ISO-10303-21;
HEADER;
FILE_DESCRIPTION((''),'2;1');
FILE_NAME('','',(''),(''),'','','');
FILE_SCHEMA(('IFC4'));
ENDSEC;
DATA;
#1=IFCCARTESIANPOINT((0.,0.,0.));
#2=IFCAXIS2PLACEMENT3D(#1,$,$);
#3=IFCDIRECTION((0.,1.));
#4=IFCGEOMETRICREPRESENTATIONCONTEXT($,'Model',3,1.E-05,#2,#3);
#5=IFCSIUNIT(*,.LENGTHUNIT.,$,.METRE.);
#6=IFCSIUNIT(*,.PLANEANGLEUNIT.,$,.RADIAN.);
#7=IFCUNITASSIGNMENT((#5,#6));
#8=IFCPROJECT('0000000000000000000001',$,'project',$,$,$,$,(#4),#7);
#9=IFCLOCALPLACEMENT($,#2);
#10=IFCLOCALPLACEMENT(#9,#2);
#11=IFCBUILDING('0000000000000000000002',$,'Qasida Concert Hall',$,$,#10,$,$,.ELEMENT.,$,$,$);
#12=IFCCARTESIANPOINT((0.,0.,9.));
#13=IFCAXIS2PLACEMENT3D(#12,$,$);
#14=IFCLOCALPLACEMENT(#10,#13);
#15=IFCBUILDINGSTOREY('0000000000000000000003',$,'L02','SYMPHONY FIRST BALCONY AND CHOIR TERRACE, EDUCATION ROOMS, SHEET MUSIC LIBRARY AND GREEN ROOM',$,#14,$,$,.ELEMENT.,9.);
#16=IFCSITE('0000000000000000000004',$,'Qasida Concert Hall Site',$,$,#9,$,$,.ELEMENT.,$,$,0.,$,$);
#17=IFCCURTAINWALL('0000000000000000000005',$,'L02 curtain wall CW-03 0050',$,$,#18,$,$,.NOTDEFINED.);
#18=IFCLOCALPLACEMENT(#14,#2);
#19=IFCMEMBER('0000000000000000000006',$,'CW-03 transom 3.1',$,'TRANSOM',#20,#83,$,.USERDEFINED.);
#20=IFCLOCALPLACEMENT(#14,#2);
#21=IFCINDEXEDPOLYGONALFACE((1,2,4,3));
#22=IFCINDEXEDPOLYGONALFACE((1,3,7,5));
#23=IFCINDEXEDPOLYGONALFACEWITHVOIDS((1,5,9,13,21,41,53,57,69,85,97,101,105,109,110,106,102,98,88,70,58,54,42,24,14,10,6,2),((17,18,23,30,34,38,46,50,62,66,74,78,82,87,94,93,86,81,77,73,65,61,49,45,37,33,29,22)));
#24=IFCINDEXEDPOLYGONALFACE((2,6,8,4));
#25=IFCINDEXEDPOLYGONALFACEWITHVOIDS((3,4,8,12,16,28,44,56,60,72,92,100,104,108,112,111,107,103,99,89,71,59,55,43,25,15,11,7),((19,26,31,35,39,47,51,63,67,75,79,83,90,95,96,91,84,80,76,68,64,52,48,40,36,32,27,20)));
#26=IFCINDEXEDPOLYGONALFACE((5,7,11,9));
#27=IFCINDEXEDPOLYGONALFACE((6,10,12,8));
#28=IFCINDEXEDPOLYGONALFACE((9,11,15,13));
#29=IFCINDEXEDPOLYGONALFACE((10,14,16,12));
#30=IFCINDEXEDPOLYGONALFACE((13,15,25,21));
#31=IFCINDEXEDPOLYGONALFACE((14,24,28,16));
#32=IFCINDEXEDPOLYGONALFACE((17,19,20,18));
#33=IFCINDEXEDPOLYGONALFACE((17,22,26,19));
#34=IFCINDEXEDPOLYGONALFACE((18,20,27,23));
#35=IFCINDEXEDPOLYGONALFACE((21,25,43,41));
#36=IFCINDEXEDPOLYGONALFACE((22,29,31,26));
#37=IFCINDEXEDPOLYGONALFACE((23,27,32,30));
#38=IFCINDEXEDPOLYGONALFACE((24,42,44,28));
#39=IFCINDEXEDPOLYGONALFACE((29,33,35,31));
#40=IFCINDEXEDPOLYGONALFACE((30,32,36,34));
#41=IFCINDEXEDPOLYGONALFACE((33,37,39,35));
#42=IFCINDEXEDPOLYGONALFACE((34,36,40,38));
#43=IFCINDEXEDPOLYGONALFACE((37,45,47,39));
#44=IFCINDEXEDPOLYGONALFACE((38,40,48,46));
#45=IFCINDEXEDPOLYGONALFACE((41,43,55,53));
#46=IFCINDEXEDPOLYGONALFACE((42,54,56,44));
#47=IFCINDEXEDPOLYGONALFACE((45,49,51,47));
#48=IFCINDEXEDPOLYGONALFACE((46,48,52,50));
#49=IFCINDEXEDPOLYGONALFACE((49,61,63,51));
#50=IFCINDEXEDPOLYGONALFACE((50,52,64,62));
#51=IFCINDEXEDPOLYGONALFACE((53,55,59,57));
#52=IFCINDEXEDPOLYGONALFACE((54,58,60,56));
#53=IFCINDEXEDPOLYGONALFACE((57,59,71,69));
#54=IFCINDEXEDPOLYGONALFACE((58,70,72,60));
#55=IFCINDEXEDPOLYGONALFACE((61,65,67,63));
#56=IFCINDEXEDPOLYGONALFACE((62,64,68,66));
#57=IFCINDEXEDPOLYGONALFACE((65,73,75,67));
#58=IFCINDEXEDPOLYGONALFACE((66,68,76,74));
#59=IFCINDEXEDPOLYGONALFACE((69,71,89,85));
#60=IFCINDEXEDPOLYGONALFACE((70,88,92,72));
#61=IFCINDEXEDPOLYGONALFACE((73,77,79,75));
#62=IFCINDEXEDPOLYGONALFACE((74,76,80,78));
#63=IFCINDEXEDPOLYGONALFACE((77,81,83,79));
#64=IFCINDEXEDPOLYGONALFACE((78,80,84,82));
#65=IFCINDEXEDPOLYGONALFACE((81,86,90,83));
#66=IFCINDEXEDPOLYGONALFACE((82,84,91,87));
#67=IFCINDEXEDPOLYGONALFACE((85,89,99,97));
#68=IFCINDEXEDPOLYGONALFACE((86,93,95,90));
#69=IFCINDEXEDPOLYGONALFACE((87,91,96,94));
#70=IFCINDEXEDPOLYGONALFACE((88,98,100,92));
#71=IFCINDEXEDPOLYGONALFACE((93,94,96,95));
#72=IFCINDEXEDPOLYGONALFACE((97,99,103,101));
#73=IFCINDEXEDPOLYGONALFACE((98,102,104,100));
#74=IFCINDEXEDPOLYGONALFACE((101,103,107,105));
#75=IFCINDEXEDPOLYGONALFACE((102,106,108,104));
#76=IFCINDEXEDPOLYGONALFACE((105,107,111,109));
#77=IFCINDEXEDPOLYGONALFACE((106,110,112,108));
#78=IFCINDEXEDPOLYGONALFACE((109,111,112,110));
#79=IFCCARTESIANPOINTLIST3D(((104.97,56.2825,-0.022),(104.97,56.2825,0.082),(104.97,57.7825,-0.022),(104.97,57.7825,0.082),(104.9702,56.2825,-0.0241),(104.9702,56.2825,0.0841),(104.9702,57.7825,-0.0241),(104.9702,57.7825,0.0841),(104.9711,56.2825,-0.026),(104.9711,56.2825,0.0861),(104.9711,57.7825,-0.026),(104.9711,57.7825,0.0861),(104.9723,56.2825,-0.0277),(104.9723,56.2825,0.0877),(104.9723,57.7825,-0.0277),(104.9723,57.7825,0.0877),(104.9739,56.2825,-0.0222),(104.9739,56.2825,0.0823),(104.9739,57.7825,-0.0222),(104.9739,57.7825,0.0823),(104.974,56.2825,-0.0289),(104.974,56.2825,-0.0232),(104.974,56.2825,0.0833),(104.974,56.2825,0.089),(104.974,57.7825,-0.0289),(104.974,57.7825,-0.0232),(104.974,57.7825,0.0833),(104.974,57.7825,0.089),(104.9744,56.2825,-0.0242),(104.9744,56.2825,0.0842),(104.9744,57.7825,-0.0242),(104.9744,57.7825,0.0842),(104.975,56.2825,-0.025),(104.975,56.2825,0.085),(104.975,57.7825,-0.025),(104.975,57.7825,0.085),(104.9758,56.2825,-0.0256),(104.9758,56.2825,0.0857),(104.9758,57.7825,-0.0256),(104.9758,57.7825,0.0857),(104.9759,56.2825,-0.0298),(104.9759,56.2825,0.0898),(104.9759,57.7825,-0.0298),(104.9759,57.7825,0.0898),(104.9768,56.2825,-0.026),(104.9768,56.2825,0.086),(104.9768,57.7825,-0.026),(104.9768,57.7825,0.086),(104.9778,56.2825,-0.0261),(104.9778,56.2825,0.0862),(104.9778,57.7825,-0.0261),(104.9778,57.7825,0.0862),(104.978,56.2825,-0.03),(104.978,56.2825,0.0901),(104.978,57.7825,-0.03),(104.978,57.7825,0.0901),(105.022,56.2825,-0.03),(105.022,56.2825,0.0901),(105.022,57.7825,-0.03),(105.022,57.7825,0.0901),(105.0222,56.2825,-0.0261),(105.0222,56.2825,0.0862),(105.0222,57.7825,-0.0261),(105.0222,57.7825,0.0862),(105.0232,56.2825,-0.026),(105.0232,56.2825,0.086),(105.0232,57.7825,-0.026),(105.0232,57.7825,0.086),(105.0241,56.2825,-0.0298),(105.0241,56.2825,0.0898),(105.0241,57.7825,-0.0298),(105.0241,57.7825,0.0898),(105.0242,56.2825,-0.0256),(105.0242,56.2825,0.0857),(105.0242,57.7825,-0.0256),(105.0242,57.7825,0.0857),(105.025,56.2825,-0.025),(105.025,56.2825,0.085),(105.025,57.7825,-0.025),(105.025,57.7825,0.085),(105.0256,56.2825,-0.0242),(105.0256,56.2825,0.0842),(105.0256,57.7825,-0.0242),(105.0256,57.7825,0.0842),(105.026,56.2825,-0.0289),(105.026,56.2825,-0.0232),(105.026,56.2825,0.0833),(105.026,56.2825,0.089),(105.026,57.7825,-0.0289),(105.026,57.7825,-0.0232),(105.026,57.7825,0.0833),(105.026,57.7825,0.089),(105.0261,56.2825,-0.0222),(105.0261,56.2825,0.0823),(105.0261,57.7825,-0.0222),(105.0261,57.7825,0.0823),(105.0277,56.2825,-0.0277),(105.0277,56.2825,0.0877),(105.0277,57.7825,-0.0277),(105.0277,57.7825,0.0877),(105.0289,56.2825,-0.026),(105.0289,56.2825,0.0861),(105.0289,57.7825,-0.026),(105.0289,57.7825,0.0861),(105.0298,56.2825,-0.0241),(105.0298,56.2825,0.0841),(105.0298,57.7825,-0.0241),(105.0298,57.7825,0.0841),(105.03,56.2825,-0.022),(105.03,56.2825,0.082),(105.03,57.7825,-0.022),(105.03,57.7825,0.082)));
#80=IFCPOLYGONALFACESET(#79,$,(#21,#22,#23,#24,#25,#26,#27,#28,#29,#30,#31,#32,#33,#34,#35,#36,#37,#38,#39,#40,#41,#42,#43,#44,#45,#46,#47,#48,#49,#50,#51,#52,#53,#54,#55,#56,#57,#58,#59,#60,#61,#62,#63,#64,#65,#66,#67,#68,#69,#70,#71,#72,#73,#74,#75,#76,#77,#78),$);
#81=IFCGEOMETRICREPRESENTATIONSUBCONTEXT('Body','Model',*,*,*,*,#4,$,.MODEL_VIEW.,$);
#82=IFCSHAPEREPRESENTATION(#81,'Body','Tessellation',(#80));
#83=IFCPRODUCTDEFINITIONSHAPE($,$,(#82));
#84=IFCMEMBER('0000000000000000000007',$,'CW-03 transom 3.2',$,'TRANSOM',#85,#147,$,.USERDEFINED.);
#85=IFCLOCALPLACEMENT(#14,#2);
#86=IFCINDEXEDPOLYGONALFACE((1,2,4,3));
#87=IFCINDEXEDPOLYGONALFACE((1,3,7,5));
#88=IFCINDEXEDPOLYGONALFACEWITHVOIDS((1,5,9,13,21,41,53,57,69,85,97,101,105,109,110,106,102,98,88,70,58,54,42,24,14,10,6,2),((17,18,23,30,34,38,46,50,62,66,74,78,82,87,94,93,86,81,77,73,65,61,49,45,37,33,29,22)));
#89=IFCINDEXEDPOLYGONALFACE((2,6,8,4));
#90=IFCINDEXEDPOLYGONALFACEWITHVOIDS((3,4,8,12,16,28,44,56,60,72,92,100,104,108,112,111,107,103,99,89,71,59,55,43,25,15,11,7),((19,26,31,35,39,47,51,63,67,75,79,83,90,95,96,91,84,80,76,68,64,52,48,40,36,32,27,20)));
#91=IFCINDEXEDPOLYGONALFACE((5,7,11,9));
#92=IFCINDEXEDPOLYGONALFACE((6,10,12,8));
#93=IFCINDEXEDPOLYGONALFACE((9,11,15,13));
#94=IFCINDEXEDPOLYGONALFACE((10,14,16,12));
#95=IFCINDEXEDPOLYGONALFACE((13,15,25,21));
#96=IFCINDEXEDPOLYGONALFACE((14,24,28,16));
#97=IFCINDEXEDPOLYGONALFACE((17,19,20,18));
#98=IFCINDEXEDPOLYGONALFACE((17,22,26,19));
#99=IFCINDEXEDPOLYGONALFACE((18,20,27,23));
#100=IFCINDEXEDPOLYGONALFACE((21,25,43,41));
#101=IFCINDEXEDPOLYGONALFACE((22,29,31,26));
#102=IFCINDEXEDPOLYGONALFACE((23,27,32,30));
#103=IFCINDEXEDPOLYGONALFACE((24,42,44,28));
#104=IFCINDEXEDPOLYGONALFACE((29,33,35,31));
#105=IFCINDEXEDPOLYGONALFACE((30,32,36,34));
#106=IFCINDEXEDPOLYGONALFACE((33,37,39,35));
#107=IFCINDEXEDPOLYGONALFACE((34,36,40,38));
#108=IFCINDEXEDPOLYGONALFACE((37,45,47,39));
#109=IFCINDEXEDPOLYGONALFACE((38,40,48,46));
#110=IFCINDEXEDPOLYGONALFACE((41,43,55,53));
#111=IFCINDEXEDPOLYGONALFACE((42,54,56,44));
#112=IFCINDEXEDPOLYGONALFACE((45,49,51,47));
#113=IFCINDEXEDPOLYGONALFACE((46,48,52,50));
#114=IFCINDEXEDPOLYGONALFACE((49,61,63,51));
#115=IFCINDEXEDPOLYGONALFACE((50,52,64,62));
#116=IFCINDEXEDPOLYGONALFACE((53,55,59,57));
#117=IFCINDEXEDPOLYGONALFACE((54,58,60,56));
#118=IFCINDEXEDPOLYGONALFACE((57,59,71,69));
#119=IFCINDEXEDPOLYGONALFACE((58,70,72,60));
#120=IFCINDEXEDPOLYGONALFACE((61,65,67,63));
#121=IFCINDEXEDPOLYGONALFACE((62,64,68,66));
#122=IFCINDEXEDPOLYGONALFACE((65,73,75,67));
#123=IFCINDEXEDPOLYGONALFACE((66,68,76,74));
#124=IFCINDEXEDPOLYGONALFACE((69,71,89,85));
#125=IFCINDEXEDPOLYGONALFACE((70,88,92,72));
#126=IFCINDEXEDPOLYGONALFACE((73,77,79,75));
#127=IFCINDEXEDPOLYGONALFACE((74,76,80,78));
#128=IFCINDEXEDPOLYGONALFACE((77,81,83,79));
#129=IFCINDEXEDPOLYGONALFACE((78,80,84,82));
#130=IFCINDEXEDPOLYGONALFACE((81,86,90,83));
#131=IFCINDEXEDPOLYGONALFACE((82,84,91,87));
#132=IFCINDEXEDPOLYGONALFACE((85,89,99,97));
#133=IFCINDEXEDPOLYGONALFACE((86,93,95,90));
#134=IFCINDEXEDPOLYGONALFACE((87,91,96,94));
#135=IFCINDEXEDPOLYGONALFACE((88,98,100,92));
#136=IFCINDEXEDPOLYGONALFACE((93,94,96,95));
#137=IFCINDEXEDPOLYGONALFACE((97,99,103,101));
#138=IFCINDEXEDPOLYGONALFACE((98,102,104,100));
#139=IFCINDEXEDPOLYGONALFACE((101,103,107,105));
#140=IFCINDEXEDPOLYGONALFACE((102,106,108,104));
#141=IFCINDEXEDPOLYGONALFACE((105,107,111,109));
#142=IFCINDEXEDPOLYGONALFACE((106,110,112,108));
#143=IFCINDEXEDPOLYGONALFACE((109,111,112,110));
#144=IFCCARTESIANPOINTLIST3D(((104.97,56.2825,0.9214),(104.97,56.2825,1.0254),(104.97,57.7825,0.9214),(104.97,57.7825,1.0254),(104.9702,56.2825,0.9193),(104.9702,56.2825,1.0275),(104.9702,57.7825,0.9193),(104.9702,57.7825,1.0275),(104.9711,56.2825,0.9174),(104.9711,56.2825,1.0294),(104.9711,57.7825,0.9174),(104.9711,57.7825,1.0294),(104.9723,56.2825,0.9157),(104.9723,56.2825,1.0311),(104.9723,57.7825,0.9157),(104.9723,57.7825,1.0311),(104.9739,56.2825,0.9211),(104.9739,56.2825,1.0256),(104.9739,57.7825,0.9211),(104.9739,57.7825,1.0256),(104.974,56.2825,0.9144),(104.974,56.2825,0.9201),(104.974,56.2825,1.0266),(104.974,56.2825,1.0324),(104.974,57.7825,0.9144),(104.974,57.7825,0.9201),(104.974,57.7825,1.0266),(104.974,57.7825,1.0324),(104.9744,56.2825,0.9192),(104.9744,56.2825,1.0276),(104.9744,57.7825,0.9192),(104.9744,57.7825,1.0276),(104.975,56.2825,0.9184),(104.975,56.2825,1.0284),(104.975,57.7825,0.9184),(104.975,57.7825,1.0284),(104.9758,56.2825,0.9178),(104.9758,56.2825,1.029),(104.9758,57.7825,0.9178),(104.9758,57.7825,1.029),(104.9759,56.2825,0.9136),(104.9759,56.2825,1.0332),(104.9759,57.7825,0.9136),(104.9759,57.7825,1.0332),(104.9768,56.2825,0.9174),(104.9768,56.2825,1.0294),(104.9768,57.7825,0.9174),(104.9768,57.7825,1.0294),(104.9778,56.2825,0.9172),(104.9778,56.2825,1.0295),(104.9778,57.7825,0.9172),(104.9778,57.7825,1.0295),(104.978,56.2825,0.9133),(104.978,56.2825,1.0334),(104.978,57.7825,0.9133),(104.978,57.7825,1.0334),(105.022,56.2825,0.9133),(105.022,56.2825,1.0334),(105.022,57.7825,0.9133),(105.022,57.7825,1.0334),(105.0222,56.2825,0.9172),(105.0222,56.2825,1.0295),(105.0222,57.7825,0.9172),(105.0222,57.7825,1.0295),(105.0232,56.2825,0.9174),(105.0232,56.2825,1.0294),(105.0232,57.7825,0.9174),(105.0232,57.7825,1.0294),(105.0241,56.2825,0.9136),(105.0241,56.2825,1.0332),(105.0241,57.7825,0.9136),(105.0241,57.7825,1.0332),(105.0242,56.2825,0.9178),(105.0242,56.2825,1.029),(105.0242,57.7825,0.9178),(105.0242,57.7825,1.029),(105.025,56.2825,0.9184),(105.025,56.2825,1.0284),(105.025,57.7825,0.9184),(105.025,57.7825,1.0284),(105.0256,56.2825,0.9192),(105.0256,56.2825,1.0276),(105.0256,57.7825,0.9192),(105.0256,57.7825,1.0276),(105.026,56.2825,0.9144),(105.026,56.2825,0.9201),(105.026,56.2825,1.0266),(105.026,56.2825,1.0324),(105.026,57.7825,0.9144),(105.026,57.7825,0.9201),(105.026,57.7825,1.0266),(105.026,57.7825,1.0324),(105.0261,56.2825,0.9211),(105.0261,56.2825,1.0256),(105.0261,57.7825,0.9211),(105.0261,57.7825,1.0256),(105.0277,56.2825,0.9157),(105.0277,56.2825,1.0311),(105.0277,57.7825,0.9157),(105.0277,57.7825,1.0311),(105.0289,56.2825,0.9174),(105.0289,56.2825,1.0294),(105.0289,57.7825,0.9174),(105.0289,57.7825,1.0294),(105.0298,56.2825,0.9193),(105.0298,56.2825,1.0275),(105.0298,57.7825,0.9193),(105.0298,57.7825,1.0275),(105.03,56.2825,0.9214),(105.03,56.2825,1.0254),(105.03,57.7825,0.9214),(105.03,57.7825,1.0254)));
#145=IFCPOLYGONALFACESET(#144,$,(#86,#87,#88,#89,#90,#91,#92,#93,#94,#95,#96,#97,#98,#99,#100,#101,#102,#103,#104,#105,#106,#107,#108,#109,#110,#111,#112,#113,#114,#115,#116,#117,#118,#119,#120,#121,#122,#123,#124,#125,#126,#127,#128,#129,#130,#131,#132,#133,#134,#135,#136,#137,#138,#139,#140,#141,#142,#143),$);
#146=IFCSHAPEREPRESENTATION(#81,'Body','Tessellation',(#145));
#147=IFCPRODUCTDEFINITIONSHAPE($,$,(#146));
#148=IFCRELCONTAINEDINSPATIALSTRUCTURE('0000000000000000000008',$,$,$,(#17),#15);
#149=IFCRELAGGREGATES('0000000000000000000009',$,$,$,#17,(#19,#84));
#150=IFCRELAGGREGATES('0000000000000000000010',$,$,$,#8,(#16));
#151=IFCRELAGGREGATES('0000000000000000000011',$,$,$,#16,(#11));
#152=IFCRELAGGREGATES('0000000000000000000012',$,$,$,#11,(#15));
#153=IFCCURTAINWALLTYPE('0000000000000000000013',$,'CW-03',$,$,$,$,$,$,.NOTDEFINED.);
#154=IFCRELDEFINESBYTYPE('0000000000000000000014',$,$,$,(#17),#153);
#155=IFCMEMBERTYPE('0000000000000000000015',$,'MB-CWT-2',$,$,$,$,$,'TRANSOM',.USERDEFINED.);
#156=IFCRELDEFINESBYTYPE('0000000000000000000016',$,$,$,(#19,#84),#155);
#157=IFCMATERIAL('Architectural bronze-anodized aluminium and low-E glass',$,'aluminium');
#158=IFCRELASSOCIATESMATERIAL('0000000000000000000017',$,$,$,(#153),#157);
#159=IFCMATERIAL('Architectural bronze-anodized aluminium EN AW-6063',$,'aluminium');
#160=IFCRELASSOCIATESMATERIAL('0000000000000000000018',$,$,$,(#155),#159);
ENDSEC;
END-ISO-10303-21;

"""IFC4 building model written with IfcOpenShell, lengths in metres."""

from ifc_helpers import new_model, si_unit, direction, frame, origin, origin_2d, place, context, subcontext, project, spatial, hollow_rectangle, extrude, material, material_profile, profile_set, type_object, element, aggregate, save


model = new_model("IFC4")

# Units and contexts
model_context = context("Model", 3, precision=1e-05, world=origin(), true_north=direction((0.0, 1.0)))
body_context = subcontext(model_context, "Body", "Model", "MODEL_VIEW")
ifc_project = project(units=[si_unit("LENGTHUNIT", "METRE"), si_unit("PLANEANGLEUNIT", "RADIAN")], contexts=[model_context])

# Site, building, storey
site_placement = place(None, origin())
site = spatial("IfcSite", under=ifc_project, at=site_placement, Name="Qasida Concert Hall Site", CompositionType="ELEMENT", RefElevation=0.0)
building_placement = place(site_placement, origin())
building = spatial("IfcBuilding", under=site, at=building_placement, Name="Qasida Concert Hall", CompositionType="ELEMENT")
storey_placement = place(building_placement, frame((0.0, 0.0, 9.0)))
storey = spatial("IfcBuildingStorey", under=building, at=storey_placement, Name="L02", Description="SYMPHONY FIRST BALCONY AND CHOIR TERRACE, EDUCATION ROOMS, SHEET MUSIC LIBRARY AND GREEN ROOM", CompositionType="ELEMENT", Elevation=9.0)

# Curtain wall, members
ifc_material_1 = material(Name="Architectural bronze-anodized aluminium and low-E glass", Category="aluminium")
curtain_wall_type = type_object("IfcCurtainWallType", Name="CW-03", PredefinedType="NOTDEFINED", material=ifc_material_1)
curtain_wall_placement = place(storey_placement, origin())
curtain_wall = element("IfcCurtainWall", 1, at=curtain_wall_placement, inside=storey, type_object=curtain_wall_type, Name="L02 curtain wall CW-03 0050", PredefinedType="NOTDEFINED")
ifc_material_2 = material(Name="Architectural bronze-anodized aluminium EN AW-6063", Category="aluminium")
ifc_material_profile_1 = material_profile(ifc_material_2, hollow_rectangle(XDim=0.0601, YDim=0.1201, WallThickness=0.0039, InnerFilletRadius=0.0039, OuterFilletRadius=0.0081, at=origin_2d()), Name="CWT 120x60x4")
ifc_profile_set_1 = profile_set([ifc_material_profile_1], Name="Architectural bronze-anodized aluminium EN AW-6063")
member_type_1 = type_object("IfcMemberType", Name="MB-CWT-2", ElementType="TRANSOM", PredefinedType="USERDEFINED", material=ifc_profile_set_1)
member_1_placement = place(storey_placement, frame((105.0, 56.2825, 0.03), z_axis=(0.0, 1.0, 0.0), x_axis=(-1.0, 0.0, 0.0)))
member_1 = element("IfcMember", 2, at=member_1_placement, type_object=member_type_1, Name="CW-03 transom 3.1", ObjectType="TRANSOM", PredefinedType="USERDEFINED", context=body_context, shape_type="SweptSolid", body=[
    extrude(hollow_rectangle(XDim=0.0601, YDim=0.1201, WallThickness=0.0039, InnerFilletRadius=0.0039, OuterFilletRadius=0.0081, at=origin_2d()), origin(), (0.0, 0.0, 1.0), 1.5),
])
member_2_placement = place(storey_placement, frame((105.0, 56.2825, 0.9734), z_axis=(0.0, 1.0, 0.0), x_axis=(-1.0, 0.0, 0.0)))
member_2 = element("IfcMember", 3, at=member_2_placement, type_object=member_type_1, Name="CW-03 transom 3.2", ObjectType="TRANSOM", PredefinedType="USERDEFINED", context=body_context, shape_type="SweptSolid", body=[
    extrude(hollow_rectangle(XDim=0.0601, YDim=0.1201, WallThickness=0.0039, InnerFilletRadius=0.0039, OuterFilletRadius=0.0081, at=origin_2d()), origin(), (0.0, 0.0, 1.0), 1.5),
])
aggregate(curtain_wall, [member_1, member_2])

save(model, "model.ifc")
